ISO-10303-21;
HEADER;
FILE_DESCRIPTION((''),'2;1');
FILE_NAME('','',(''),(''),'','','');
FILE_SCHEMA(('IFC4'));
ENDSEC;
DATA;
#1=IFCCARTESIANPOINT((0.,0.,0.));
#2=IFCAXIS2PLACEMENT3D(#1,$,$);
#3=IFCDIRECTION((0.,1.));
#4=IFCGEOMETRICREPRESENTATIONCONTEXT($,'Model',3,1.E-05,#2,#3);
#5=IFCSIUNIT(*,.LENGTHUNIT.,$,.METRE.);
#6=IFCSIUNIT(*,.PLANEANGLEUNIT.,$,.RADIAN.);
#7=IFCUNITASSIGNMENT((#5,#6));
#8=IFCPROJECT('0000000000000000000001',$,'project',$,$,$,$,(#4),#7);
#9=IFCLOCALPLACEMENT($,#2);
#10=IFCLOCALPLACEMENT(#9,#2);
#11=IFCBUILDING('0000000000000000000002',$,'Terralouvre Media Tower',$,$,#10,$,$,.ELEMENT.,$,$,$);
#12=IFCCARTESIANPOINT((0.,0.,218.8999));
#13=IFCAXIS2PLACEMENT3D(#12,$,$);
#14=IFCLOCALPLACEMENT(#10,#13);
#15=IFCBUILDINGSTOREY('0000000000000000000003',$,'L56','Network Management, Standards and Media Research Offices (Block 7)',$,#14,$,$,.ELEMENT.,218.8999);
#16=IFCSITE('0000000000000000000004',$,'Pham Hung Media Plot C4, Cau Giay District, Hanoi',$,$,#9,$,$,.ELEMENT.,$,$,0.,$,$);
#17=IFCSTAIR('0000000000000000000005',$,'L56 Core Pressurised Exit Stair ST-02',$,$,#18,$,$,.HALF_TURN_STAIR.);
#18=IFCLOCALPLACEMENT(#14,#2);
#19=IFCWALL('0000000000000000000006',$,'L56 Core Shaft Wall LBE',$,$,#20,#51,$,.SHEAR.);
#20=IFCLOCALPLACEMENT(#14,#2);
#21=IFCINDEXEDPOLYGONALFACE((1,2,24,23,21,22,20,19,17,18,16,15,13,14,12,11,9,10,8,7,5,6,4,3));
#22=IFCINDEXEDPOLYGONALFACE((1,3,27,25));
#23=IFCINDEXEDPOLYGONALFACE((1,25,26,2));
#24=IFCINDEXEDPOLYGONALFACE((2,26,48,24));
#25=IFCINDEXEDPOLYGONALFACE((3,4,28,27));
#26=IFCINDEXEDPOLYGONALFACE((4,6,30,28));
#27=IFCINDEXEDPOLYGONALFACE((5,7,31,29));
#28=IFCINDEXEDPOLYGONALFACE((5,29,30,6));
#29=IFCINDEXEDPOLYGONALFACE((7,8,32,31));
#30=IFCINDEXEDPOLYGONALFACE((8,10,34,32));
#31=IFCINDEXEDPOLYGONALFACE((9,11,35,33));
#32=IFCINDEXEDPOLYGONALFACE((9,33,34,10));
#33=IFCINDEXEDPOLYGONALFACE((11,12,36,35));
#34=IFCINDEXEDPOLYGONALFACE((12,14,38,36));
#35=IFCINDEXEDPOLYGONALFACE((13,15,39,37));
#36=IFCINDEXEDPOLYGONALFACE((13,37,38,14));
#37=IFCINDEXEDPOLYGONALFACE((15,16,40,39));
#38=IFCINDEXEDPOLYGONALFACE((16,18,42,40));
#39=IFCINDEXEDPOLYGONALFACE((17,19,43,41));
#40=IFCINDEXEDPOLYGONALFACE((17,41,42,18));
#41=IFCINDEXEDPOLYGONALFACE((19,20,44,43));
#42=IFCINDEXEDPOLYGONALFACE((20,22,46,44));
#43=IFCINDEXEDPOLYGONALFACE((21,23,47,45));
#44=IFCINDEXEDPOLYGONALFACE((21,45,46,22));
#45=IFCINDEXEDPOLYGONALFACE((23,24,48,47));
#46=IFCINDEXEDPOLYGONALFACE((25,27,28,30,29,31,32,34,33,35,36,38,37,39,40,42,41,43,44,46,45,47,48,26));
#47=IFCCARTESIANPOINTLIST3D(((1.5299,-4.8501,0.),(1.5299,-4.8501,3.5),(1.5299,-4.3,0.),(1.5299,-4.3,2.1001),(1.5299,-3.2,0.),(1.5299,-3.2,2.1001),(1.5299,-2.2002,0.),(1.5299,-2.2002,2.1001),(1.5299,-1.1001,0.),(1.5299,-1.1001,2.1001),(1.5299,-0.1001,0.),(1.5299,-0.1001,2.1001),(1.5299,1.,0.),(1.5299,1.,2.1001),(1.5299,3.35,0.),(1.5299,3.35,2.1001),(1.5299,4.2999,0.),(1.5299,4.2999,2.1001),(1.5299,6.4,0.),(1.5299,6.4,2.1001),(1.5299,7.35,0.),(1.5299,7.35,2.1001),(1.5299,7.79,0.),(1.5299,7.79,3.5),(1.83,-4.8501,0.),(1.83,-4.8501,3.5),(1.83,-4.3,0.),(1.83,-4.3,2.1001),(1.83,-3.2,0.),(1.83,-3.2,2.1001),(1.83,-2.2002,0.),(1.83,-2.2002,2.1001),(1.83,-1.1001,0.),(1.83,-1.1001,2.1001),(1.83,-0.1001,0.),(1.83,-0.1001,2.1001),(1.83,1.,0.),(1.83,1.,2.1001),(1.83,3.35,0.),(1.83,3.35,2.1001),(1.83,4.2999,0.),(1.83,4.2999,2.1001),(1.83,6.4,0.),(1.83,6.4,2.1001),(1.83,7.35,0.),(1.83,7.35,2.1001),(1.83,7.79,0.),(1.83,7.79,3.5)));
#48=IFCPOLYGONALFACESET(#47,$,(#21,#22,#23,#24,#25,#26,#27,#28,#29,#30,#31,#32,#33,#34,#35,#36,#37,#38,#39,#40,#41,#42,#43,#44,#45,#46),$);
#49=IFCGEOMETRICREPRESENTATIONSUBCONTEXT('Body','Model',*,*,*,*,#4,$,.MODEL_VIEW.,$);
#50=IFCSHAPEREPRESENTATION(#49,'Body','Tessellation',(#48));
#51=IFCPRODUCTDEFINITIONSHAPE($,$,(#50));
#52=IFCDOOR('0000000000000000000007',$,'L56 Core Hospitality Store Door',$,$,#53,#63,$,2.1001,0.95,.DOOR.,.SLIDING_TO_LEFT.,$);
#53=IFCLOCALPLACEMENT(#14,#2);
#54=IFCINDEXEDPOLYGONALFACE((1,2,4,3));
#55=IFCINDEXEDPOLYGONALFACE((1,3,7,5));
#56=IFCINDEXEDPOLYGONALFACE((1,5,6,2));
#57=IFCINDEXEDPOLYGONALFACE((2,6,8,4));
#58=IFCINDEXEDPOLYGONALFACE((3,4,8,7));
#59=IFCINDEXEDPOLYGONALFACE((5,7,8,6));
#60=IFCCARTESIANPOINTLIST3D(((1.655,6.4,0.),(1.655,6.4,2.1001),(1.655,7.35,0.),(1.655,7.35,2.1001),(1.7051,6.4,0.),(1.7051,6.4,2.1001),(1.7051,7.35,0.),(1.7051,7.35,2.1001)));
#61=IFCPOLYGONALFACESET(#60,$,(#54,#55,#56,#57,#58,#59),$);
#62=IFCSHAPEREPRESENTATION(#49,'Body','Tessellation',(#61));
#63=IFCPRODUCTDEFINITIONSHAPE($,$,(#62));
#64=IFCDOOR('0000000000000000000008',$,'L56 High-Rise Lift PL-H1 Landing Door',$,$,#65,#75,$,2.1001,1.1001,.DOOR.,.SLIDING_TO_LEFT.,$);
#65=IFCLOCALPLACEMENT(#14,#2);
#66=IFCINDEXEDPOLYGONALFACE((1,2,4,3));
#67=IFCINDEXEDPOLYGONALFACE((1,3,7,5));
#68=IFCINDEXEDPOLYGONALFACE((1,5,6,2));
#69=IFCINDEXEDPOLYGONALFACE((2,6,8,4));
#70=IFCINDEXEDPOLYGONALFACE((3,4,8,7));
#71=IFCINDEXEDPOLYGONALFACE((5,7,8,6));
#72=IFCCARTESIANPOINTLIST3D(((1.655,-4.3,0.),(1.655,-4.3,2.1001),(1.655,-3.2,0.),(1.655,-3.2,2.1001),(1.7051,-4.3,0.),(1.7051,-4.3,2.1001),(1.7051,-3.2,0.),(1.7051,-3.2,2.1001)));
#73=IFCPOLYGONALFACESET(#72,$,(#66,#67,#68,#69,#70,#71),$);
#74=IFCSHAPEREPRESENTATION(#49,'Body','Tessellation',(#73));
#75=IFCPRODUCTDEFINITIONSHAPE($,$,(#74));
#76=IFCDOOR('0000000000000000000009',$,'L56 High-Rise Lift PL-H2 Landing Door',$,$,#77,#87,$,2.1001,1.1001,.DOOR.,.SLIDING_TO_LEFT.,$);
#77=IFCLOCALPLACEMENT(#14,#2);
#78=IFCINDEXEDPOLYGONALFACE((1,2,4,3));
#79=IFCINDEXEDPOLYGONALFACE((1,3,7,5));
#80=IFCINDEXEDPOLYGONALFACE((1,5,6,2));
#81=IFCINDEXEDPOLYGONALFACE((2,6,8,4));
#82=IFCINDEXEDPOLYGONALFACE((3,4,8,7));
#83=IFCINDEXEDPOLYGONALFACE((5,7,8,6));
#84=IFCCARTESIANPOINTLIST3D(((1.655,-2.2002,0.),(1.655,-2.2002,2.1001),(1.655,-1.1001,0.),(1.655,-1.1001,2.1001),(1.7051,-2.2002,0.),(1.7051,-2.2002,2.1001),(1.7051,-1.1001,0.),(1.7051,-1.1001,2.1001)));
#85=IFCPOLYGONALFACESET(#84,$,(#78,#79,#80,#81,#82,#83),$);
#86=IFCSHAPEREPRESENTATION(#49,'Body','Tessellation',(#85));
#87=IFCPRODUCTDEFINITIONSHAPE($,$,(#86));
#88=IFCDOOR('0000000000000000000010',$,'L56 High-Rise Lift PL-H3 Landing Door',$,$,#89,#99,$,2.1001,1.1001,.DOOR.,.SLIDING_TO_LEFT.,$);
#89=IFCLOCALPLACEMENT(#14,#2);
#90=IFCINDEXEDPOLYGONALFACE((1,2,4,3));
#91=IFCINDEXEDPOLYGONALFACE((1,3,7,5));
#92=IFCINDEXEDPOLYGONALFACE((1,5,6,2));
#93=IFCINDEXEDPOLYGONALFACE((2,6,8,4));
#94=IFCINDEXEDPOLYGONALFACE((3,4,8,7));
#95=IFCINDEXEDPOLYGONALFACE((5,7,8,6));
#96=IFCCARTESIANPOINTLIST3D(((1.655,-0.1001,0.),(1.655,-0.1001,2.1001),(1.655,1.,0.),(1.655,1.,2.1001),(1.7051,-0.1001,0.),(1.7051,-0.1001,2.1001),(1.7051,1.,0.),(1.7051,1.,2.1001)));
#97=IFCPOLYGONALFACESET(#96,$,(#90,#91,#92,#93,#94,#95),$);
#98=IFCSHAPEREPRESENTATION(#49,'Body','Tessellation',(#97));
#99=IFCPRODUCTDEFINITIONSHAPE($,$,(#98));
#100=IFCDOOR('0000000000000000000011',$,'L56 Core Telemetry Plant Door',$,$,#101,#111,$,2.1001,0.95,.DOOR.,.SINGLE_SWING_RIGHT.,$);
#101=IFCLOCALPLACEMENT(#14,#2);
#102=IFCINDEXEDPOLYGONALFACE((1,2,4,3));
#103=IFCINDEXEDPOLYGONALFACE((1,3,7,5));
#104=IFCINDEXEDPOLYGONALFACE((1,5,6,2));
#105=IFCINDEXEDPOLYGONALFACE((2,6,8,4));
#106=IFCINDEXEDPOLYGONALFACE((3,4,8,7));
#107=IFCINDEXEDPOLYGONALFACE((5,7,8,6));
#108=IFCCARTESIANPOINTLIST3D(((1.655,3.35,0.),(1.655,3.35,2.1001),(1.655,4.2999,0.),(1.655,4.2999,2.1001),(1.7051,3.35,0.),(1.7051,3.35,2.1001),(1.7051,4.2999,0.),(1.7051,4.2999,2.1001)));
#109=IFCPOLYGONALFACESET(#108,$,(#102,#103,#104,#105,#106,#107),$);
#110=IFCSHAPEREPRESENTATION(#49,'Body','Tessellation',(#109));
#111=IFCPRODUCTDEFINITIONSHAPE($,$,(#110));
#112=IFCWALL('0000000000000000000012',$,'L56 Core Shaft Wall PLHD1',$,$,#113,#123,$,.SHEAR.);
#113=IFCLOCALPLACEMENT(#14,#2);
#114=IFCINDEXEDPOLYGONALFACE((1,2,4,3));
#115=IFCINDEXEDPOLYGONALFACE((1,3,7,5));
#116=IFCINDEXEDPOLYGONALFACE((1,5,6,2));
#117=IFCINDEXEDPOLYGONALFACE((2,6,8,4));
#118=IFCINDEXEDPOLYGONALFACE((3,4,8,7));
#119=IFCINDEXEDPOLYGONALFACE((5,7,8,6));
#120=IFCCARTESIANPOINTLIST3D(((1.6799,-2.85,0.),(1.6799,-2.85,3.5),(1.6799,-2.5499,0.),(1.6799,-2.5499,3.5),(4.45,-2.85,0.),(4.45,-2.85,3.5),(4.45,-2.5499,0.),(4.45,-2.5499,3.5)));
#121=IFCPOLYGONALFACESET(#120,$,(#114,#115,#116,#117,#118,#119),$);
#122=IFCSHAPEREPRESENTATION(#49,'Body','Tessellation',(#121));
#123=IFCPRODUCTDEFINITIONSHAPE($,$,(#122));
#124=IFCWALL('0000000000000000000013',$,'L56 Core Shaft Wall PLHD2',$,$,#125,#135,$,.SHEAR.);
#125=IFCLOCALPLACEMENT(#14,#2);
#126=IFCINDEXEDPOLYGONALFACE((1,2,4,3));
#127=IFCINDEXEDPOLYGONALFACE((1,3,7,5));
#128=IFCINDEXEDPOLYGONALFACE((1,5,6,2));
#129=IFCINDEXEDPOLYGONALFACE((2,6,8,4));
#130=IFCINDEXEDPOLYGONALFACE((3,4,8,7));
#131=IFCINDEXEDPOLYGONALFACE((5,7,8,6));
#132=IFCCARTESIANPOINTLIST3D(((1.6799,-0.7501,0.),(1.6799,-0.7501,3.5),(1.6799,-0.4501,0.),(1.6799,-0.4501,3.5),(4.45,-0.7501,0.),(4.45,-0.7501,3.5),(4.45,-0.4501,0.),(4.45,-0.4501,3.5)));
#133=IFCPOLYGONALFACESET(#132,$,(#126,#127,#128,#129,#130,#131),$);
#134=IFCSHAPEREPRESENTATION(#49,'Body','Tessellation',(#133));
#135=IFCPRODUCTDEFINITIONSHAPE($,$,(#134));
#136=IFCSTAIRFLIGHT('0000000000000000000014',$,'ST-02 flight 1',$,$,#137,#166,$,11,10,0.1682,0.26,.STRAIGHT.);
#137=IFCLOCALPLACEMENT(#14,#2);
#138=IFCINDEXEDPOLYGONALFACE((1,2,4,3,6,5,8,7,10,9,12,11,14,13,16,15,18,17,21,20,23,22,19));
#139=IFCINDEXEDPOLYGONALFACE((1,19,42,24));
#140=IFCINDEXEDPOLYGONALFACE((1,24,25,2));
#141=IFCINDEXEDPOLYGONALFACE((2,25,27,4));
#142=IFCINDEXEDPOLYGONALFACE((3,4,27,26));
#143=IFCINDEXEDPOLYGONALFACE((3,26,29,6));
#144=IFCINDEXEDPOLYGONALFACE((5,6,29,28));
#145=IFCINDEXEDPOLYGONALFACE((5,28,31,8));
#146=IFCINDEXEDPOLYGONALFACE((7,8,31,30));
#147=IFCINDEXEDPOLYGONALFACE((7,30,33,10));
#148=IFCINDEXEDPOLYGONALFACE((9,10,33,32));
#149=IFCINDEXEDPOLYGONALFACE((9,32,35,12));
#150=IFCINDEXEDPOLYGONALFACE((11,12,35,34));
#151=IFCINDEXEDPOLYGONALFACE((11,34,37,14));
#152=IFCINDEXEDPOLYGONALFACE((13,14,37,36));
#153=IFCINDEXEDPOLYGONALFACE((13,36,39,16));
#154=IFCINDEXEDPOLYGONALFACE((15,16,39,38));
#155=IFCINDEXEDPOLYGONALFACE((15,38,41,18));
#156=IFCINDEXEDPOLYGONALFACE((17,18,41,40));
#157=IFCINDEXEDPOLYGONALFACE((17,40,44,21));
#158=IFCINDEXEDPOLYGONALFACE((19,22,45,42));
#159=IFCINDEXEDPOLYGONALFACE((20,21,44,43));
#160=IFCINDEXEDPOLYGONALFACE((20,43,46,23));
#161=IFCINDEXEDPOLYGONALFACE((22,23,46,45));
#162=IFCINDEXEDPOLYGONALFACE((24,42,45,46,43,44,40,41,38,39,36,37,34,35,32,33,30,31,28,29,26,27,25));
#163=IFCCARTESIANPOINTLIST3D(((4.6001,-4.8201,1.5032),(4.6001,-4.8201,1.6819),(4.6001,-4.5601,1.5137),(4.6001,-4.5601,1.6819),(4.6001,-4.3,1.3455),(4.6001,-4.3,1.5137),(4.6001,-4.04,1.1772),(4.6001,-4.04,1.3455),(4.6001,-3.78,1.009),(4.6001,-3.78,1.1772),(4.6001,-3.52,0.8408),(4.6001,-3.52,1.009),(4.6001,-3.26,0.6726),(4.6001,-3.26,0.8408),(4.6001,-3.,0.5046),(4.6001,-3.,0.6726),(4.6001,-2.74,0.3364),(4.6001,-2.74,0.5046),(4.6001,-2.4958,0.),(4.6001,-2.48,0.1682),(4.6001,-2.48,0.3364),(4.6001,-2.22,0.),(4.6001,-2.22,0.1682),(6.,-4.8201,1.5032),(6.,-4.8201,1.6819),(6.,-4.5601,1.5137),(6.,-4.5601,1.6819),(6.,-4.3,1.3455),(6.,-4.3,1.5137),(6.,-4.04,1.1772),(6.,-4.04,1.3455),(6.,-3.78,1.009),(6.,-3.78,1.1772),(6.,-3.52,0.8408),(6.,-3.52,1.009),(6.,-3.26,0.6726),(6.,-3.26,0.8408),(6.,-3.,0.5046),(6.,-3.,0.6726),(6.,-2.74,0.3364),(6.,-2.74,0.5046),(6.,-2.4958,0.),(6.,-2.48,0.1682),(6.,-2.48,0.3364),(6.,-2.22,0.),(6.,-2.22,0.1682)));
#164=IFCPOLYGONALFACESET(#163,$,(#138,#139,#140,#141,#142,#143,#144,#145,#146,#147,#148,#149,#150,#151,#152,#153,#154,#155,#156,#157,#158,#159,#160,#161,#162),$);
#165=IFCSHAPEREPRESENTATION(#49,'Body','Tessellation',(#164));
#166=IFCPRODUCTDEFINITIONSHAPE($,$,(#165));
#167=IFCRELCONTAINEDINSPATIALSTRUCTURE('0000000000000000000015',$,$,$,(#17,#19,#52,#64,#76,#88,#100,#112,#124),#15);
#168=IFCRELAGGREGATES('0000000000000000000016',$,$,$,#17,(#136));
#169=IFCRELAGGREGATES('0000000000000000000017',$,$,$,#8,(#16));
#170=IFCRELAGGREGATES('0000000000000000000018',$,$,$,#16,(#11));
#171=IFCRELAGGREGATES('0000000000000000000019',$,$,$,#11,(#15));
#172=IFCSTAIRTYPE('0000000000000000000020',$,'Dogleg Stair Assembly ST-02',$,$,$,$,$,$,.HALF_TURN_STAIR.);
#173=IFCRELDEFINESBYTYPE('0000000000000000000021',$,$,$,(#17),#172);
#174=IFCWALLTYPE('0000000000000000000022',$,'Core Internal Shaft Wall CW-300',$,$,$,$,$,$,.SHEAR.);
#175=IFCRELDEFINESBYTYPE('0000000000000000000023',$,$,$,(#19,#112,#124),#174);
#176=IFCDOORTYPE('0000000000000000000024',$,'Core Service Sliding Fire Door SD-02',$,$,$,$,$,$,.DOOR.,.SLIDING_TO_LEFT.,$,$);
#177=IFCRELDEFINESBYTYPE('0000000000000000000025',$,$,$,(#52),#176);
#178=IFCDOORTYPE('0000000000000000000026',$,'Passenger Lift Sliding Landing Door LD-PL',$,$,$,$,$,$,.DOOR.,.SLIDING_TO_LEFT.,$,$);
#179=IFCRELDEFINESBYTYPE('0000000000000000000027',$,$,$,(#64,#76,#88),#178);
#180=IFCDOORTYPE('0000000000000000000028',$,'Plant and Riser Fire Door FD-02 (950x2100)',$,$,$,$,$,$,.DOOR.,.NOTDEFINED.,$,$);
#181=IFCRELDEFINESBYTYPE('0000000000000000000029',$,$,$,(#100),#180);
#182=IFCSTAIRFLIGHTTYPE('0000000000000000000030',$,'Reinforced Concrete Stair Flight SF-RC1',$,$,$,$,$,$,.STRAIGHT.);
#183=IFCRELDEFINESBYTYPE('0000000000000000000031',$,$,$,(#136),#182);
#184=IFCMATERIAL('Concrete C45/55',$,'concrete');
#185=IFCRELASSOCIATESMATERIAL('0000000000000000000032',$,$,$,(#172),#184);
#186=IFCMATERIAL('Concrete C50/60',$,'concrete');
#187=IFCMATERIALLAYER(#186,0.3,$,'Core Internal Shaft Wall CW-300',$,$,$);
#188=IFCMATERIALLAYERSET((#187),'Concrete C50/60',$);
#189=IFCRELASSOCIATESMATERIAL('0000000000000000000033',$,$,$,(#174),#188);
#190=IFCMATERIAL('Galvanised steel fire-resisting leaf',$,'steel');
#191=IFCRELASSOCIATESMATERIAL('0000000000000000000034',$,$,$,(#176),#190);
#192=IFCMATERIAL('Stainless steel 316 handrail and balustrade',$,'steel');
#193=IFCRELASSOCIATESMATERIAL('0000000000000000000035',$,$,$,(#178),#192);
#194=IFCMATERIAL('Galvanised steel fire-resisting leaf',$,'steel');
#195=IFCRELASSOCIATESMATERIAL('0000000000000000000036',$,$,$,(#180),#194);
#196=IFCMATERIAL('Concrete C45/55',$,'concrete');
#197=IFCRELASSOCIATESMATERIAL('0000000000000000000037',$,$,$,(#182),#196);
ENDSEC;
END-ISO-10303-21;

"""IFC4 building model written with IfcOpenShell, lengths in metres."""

from ifc_helpers import new_model, si_unit, direction, frame, frame_2d, origin, place, context, subcontext, project, spatial, polyline, rectangle, outline, extrude, material, layer, layer_set, type_object, element, fill, aggregate, save


model = new_model("IFC4")

# Units and contexts
model_context = context("Model", 3, precision=1e-05, world=origin(), true_north=direction((0.0, 1.0)))
body_context = subcontext(model_context, "Body", "Model", "MODEL_VIEW")
ifc_project = project(units=[si_unit("LENGTHUNIT", "METRE"), si_unit("PLANEANGLEUNIT", "RADIAN")], contexts=[model_context])

# Site, building, storey
site_placement = place(None, origin())
site = spatial("IfcSite", under=ifc_project, at=site_placement, Name="Pham Hung Media Plot C4, Cau Giay District, Hanoi", CompositionType="ELEMENT", RefElevation=0.0)
building_placement = place(site_placement, origin())
building = spatial("IfcBuilding", under=site, at=building_placement, Name="Terralouvre Media Tower", CompositionType="ELEMENT")
storey_placement = place(building_placement, frame((0.0, 0.0, 218.8999)))
storey = spatial("IfcBuildingStorey", under=building, at=storey_placement, Name="L56", Description="Network Management, Standards and Media Research Offices (Block 7)", CompositionType="ELEMENT", Elevation=218.8999)

# Stair
ifc_material_1 = material(Name="Concrete C45/55", Category="concrete")
stair_type_1 = type_object("IfcStairType", Name="Dogleg Stair Assembly ST-02", PredefinedType="HALF_TURN_STAIR", material=ifc_material_1)
stair_1_placement = place(storey_placement, origin())
stair_1 = element("IfcStair", 1, at=stair_1_placement, inside=storey, type_object=stair_type_1, Name="L56 Core Pressurised Exit Stair ST-02", PredefinedType="HALF_TURN_STAIR")

# Shared definitions
ifc_material_2 = material(Name="Concrete C50/60", Category="concrete")
ifc_layer_1 = layer(ifc_material_2, 0.3, Name="Core Internal Shaft Wall CW-300")
ifc_layer_set_1 = layer_set([ifc_layer_1], Name="Concrete C50/60")
wall_type = type_object("IfcWallType", Name="Core Internal Shaft Wall CW-300", PredefinedType="SHEAR", material=ifc_layer_set_1)

# Wall, openings, doors
wall_1_placement = place(storey_placement, frame((1.6799, -4.8501, 0.0), z_axis=(0.0, 0.0, 1.0), x_axis=(0.0, 1.0, 0.0)))
wall_1 = element("IfcWall", 2, at=wall_1_placement, inside=storey, type_object=wall_type, Name="L56 Core Shaft Wall LBE", PredefinedType="SHEAR", context=body_context, shape_type="SweptSolid", body=[
    extrude(rectangle(XDim=12.6401, YDim=0.3, at=frame_2d((6.3201, 0.0))), origin(), (0.0, 0.0, 1.0), 3.5),
])
opening_1_placement = place(wall_1_placement, frame((0.55, 0.0, 0.0)))
opening_1 = element("IfcOpeningElement", 3, at=opening_1_placement, cuts=wall_1, PredefinedType="OPENING", context=body_context, shape_type="SweptSolid", body=[
    extrude(rectangle(XDim=1.1001, YDim=2.1001, at=frame_2d((0.55, 1.05))), frame((0.0, 0.1599, 0.0), z_axis=(0.0, -1.0, 0.0), x_axis=(1.0, 0.0, 0.0)), (0.0, 0.0, 1.0), 0.3201),
])
opening_2_placement = place(wall_1_placement, frame((2.6499, 0.0, 0.0)))
opening_2 = element("IfcOpeningElement", 4, at=opening_2_placement, cuts=wall_1, PredefinedType="OPENING", context=body_context, shape_type="SweptSolid", body=[
    extrude(rectangle(XDim=1.1001, YDim=2.1001, at=frame_2d((0.55, 1.05))), frame((0.0, 0.1599, 0.0), z_axis=(0.0, -1.0, 0.0), x_axis=(1.0, 0.0, 0.0)), (0.0, 0.0, 1.0), 0.3201),
])
opening_3_placement = place(wall_1_placement, frame((4.75, 0.0, 0.0)))
opening_3 = element("IfcOpeningElement", 5, at=opening_3_placement, cuts=wall_1, PredefinedType="OPENING", context=body_context, shape_type="SweptSolid", body=[
    extrude(rectangle(XDim=1.1001, YDim=2.1001, at=frame_2d((0.55, 1.05))), frame((0.0, 0.1599, 0.0), z_axis=(0.0, -1.0, 0.0), x_axis=(1.0, 0.0, 0.0)), (0.0, 0.0, 1.0), 0.3201),
])
opening_4_placement = place(wall_1_placement, frame((8.2, 0.0, 0.0)))
opening_4 = element("IfcOpeningElement", 6, at=opening_4_placement, cuts=wall_1, PredefinedType="OPENING", context=body_context, shape_type="SweptSolid", body=[
    extrude(rectangle(XDim=0.95, YDim=2.1001, at=frame_2d((0.4751, 1.05))), frame((0.0, 0.1599, 0.0), z_axis=(0.0, -1.0, 0.0), x_axis=(1.0, 0.0, 0.0)), (0.0, 0.0, 1.0), 0.3201),
])
opening_5_placement = place(wall_1_placement, frame((11.25, 0.0, 0.0)))
opening_5 = element("IfcOpeningElement", 7, at=opening_5_placement, cuts=wall_1, PredefinedType="OPENING", context=body_context, shape_type="SweptSolid", body=[
    extrude(rectangle(XDim=0.95, YDim=2.1001, at=frame_2d((0.4751, 1.05))), frame((0.0, 0.1599, 0.0), z_axis=(0.0, -1.0, 0.0), x_axis=(1.0, 0.0, 0.0)), (0.0, 0.0, 1.0), 0.3201),
])
ifc_material_3 = material(Name="Galvanised steel fire-resisting leaf", Category="steel")
door_type_1 = type_object("IfcDoorType", Name="Core Service Sliding Fire Door SD-02", OperationType="SLIDING_TO_LEFT", PredefinedType="DOOR", material=ifc_material_3)
door_1_placement = place(opening_5_placement, origin())
door_1 = element("IfcDoor", 8, at=door_1_placement, inside=storey, type_object=door_type_1, Name="L56 Core Hospitality Store Door", OperationType="SLIDING_TO_LEFT", OverallHeight=2.1001, OverallWidth=0.95, PredefinedType="DOOR", context=body_context, shape_type="SweptSolid", body=[
    extrude(rectangle(XDim=0.95, YDim=2.1001, at=frame_2d((0.4751, 1.05))), frame((0.0, 0.0249, 0.0), z_axis=(0.0, -1.0, 0.0), x_axis=(1.0, 0.0, 0.0)), (0.0, 0.0, 1.0), 0.05),
])
fill(opening_5, door_1)
ifc_material_4 = material(Name="Stainless steel 316 handrail and balustrade", Category="steel")
door_type_2 = type_object("IfcDoorType", Name="Passenger Lift Sliding Landing Door LD-PL", OperationType="SLIDING_TO_LEFT", PredefinedType="DOOR", material=ifc_material_4)
door_2_placement = place(opening_1_placement, origin())
door_2 = element("IfcDoor", 9, at=door_2_placement, inside=storey, type_object=door_type_2, Name="L56 High-Rise Lift PL-H1 Landing Door", OperationType="SLIDING_TO_LEFT", OverallHeight=2.1001, OverallWidth=1.1001, PredefinedType="DOOR", context=body_context, shape_type="SweptSolid", body=[
    extrude(rectangle(XDim=1.1001, YDim=2.1001, at=frame_2d((0.55, 1.05))), frame((0.0, 0.0249, 0.0), z_axis=(0.0, -1.0, 0.0), x_axis=(1.0, 0.0, 0.0)), (0.0, 0.0, 1.0), 0.05),
])
fill(opening_1, door_2)
door_3_placement = place(opening_2_placement, origin())
door_3 = element("IfcDoor", 10, at=door_3_placement, inside=storey, type_object=door_type_2, Name="L56 High-Rise Lift PL-H2 Landing Door", OperationType="SLIDING_TO_LEFT", OverallHeight=2.1001, OverallWidth=1.1001, PredefinedType="DOOR", context=body_context, shape_type="SweptSolid", body=[
    extrude(rectangle(XDim=1.1001, YDim=2.1001, at=frame_2d((0.55, 1.05))), frame((0.0, 0.0249, 0.0), z_axis=(0.0, -1.0, 0.0), x_axis=(1.0, 0.0, 0.0)), (0.0, 0.0, 1.0), 0.05),
])
fill(opening_2, door_3)
door_4_placement = place(opening_3_placement, origin())
door_4 = element("IfcDoor", 11, at=door_4_placement, inside=storey, type_object=door_type_2, Name="L56 High-Rise Lift PL-H3 Landing Door", OperationType="SLIDING_TO_LEFT", OverallHeight=2.1001, OverallWidth=1.1001, PredefinedType="DOOR", context=body_context, shape_type="SweptSolid", body=[
    extrude(rectangle(XDim=1.1001, YDim=2.1001, at=frame_2d((0.55, 1.05))), frame((0.0, 0.0249, 0.0), z_axis=(0.0, -1.0, 0.0), x_axis=(1.0, 0.0, 0.0)), (0.0, 0.0, 1.0), 0.05),
])
fill(opening_3, door_4)
ifc_material_5 = material(Name="Galvanised steel fire-resisting leaf", Category="steel")
door_type_3 = type_object("IfcDoorType", Name="Plant and Riser Fire Door FD-02 (950x2100)", OperationType="NOTDEFINED", PredefinedType="DOOR", material=ifc_material_5)
door_5_placement = place(opening_4_placement, origin())
door_5 = element("IfcDoor", 12, at=door_5_placement, inside=storey, type_object=door_type_3, Name="L56 Core Telemetry Plant Door", OperationType="SINGLE_SWING_RIGHT", OverallHeight=2.1001, OverallWidth=0.95, PredefinedType="DOOR", context=body_context, shape_type="SweptSolid", body=[
    extrude(rectangle(XDim=0.95, YDim=2.1001, at=frame_2d((0.4751, 1.05))), frame((0.0, 0.0249, 0.0), z_axis=(0.0, -1.0, 0.0), x_axis=(1.0, 0.0, 0.0)), (0.0, 0.0, 1.0), 0.05),
])
fill(opening_4, door_5)

# Walls
for number, where, z_axis, x_axis, name in (
    (13, (1.6799, -2.7, 0.0), (0.0, 0.0, 1.0), (1.0, 0.0, 0.0), "L56 Core Shaft Wall PLHD1"),
    (14, (1.6799, -0.6001, 0.0), (0.0, 0.0, 1.0), (1.0, 0.0, 0.0), "L56 Core Shaft Wall PLHD2"),
):
    element("IfcWall", number, at=place(storey_placement, frame(where, z_axis=z_axis, x_axis=x_axis)), inside=storey, type_object=wall_type, Name=name, PredefinedType="SHEAR", context=body_context, shape_type="SweptSolid", body=[
        extrude(rectangle(XDim=2.77, YDim=0.3, at=frame_2d((1.385, 0.0))), origin(), (0.0, 0.0, 1.0), 3.5),
    ])

# Stair flight
ifc_material_6 = material(Name="Concrete C45/55", Category="concrete")
stair_flight_type = type_object("IfcStairFlightType", Name="Reinforced Concrete Stair Flight SF-RC1", PredefinedType="STRAIGHT", material=ifc_material_6)
stair_flight_1_placement = place(storey_placement, frame((5.3, -2.22, 0.0), z_axis=(0.0, 0.0, 1.0), x_axis=(0.0, -1.0, 0.0)))
stair_flight_1 = element("IfcStairFlight", 15, at=stair_flight_1_placement, type_object=stair_flight_type, Name="ST-02 flight 1", NumberOfRisers=11, NumberOfTreads=10, PredefinedType="STRAIGHT", RiserHeight=0.1682, TreadLength=0.26, context=body_context, shape_type="SweptSolid", body=[
    extrude(outline(polyline([(0.0, 0.0), (0.0, 0.1682), (0.26, 0.1682), (0.26, 0.3364), (0.52, 0.3364), (0.52, 0.5046), (0.78, 0.5046), (0.78, 0.6726), (1.04, 0.6726), (1.04, 0.8408), (1.3, 0.8408), (1.3, 1.009), (1.5601, 1.009), (1.5601, 1.1772), (1.8201, 1.1772), (1.8201, 1.3455), (2.0801, 1.3455), (2.0801, 1.5137), (2.3401, 1.5137), (2.3401, 1.6819), (2.6001, 1.6819), (2.6001, 1.8501), (2.6001, 1.5032), (0.2759, 0.0), (0.0, 0.0)])), frame((0.0, 0.7, 0.0), z_axis=(0.0, -1.0, 0.0), x_axis=(1.0, 0.0, 0.0)), (0.0, 0.0, 1.0), 1.3999),
])
aggregate(stair_1, [stair_flight_1])

save(model, "model.ifc")
